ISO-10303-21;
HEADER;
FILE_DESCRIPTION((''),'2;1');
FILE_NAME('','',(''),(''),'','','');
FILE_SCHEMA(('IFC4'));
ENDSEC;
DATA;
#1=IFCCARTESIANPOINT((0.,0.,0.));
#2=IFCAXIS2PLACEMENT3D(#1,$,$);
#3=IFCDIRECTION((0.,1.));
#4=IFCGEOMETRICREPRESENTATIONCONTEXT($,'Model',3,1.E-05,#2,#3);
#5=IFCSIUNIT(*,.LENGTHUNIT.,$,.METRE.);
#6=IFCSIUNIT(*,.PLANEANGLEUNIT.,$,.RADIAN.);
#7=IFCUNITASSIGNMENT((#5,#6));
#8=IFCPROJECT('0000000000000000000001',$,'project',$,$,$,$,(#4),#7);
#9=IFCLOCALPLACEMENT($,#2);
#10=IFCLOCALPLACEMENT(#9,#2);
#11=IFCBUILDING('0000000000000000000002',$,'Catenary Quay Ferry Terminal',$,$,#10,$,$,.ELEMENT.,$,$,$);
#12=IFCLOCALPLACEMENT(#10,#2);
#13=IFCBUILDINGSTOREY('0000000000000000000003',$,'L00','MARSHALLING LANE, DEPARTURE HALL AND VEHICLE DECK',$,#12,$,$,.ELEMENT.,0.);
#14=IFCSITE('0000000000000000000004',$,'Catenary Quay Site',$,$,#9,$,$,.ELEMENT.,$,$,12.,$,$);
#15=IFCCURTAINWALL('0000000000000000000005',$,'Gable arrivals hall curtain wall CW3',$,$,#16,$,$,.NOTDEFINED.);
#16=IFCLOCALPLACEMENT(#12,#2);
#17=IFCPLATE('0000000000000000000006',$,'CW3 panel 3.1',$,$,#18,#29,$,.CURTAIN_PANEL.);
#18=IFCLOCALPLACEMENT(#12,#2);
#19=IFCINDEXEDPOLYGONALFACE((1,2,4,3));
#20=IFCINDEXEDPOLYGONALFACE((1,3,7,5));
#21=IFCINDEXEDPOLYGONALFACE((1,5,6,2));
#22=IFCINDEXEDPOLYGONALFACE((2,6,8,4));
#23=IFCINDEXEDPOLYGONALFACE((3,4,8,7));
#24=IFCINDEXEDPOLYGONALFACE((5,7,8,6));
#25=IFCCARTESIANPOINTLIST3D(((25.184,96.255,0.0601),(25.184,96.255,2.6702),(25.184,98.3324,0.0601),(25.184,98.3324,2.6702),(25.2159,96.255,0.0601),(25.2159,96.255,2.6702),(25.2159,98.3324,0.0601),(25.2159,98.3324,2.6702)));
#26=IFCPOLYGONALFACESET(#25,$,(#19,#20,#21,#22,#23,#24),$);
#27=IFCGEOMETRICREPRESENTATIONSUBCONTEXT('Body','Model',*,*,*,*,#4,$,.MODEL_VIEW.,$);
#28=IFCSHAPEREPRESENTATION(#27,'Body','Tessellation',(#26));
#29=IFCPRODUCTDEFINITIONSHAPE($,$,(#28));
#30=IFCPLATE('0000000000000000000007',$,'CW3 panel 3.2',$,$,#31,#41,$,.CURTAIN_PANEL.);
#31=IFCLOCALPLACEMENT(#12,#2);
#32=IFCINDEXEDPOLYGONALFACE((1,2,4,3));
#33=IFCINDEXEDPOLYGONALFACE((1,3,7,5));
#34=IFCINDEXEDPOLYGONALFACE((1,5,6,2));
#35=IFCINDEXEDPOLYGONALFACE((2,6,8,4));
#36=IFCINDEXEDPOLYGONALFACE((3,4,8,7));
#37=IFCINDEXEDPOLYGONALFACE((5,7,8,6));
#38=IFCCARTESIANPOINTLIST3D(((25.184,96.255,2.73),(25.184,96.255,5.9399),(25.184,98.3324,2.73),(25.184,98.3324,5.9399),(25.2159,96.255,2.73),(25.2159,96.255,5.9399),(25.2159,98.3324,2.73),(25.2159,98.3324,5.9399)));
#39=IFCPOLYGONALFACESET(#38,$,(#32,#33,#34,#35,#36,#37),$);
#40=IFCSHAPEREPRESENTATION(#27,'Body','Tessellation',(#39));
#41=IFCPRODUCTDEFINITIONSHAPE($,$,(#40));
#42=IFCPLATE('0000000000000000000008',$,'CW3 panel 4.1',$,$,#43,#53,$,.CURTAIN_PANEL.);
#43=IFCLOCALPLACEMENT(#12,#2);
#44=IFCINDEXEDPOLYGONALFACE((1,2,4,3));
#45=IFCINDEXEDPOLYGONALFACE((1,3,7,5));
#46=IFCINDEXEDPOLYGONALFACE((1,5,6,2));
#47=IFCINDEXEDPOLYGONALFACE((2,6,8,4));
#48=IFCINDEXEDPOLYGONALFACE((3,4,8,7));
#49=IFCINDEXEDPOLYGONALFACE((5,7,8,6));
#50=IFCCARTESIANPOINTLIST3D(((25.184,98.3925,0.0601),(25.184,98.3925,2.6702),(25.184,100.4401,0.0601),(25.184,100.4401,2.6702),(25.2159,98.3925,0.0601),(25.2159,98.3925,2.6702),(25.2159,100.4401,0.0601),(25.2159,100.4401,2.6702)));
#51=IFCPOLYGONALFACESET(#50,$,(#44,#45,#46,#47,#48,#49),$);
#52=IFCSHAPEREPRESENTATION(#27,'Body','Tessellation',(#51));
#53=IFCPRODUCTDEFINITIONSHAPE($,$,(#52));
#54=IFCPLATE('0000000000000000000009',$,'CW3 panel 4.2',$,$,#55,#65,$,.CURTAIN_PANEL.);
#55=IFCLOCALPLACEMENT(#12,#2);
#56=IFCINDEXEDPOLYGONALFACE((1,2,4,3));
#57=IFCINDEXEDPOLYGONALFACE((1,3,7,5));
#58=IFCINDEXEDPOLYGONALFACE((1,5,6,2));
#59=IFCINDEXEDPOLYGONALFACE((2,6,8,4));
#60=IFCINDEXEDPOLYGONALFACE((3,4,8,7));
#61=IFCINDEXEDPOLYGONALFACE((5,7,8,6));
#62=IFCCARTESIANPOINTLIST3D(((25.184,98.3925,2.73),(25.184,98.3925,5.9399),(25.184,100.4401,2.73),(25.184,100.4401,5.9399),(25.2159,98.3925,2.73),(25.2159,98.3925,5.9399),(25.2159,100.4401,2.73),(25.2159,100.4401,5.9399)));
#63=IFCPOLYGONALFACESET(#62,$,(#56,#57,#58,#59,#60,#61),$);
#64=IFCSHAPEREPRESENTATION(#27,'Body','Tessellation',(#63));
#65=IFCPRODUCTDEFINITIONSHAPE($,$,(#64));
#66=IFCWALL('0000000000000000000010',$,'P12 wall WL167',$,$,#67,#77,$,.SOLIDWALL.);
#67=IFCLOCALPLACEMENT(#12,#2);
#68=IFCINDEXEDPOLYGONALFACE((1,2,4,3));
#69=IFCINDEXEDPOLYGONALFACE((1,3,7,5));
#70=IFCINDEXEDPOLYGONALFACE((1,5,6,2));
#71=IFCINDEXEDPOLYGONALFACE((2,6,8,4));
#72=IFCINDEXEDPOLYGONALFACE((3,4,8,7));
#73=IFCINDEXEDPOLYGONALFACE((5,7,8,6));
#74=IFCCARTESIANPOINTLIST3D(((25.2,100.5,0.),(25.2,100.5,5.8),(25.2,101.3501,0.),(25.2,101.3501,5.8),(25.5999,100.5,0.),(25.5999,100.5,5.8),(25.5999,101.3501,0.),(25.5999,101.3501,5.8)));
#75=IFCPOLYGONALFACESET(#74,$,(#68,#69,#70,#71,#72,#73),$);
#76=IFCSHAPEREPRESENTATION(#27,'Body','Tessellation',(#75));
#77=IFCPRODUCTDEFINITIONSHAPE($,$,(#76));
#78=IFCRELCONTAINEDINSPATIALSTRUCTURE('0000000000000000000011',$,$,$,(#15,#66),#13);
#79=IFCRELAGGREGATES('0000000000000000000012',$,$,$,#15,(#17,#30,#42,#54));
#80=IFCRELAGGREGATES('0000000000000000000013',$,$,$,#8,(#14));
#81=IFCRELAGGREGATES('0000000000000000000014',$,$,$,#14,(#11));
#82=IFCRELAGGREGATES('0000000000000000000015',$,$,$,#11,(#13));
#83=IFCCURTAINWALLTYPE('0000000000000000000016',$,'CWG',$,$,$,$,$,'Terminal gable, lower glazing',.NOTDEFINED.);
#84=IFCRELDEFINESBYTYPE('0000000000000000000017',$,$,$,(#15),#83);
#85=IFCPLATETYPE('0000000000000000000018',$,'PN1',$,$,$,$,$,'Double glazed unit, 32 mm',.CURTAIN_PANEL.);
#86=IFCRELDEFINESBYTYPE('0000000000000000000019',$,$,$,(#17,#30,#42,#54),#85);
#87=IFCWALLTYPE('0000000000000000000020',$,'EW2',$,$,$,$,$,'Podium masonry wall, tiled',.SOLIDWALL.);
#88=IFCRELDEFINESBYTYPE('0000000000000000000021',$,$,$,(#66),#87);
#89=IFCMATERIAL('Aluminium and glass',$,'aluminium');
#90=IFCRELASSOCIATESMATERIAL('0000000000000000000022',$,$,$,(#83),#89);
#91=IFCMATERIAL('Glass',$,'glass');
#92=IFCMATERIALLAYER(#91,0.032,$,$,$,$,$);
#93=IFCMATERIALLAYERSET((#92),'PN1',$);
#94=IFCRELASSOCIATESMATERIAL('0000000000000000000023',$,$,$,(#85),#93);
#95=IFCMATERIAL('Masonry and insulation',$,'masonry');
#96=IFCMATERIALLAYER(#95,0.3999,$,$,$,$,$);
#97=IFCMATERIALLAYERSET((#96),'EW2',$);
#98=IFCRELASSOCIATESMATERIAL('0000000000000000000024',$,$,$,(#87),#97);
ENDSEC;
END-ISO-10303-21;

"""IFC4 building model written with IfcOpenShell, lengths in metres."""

from ifc_helpers import new_model, si_unit, direction, frame, frame_2d, origin, origin_2d, place, context, subcontext, project, spatial, rectangle, extrude, material, layer, layer_set, type_object, element, aggregate, save


model = new_model("IFC4")

# Units and contexts
model_context = context("Model", 3, precision=1e-05, world=origin(), true_north=direction((0.0, 1.0)))
body_context = subcontext(model_context, "Body", "Model", "MODEL_VIEW")
ifc_project = project(units=[si_unit("LENGTHUNIT", "METRE"), si_unit("PLANEANGLEUNIT", "RADIAN")], contexts=[model_context])

# Site, building, storey
site_placement = place(None, origin())
site = spatial("IfcSite", under=ifc_project, at=site_placement, Name="Catenary Quay Site", CompositionType="ELEMENT", RefElevation=12.0)
building_placement = place(site_placement, origin())
building = spatial("IfcBuilding", under=site, at=building_placement, Name="Catenary Quay Ferry Terminal", CompositionType="ELEMENT")
storey_placement = place(building_placement, origin())
storey = spatial("IfcBuildingStorey", under=building, at=storey_placement, Name="L00", Description="MARSHALLING LANE, DEPARTURE HALL AND VEHICLE DECK", CompositionType="ELEMENT", Elevation=0.0)

# Curtain wall, plates
ifc_material_1 = material(Name="Aluminium and glass", Category="aluminium")
curtain_wall_type = type_object("IfcCurtainWallType", Name="CWG", ElementType="Terminal gable, lower glazing", PredefinedType="NOTDEFINED", material=ifc_material_1)
curtain_wall_placement = place(storey_placement, origin())
curtain_wall = element("IfcCurtainWall", 1, at=curtain_wall_placement, inside=storey, type_object=curtain_wall_type, Name="Gable arrivals hall curtain wall CW3", PredefinedType="NOTDEFINED")
ifc_material_2 = material(Name="Glass", Category="glass")
ifc_layer_1 = layer(ifc_material_2, 0.032)
ifc_layer_set_1 = layer_set([ifc_layer_1], Name="PN1")
plate_type = type_object("IfcPlateType", Name="PN1", ElementType="Double glazed unit, 32 mm", PredefinedType="CURTAIN_PANEL", material=ifc_layer_set_1)
plate_1_placement = place(storey_placement, frame((25.2, 97.2937, 0.0601), z_axis=(0.0, 0.0, 1.0), x_axis=(0.0, 1.0, 0.0)))
plate_1 = element("IfcPlate", 2, at=plate_1_placement, type_object=plate_type, Name="CW3 panel 3.1", PredefinedType="CURTAIN_PANEL", context=body_context, shape_type="SweptSolid", body=[
    extrude(rectangle(XDim=2.0774, YDim=0.032, at=origin_2d()), origin(), (0.0, 0.0, 1.0), 2.6101),
])
plate_2_placement = place(storey_placement, frame((25.2, 97.2937, 2.73), z_axis=(0.0, 0.0, 1.0), x_axis=(0.0, 1.0, 0.0)))
plate_2 = element("IfcPlate", 3, at=plate_2_placement, type_object=plate_type, Name="CW3 panel 3.2", PredefinedType="CURTAIN_PANEL", context=body_context, shape_type="SweptSolid", body=[
    extrude(rectangle(XDim=2.0774, YDim=0.032, at=origin_2d()), origin(), (0.0, 0.0, 1.0), 3.21),
])
plate_3_placement = place(storey_placement, frame((25.2, 99.4163, 0.0601), z_axis=(0.0, 0.0, 1.0), x_axis=(0.0, 1.0, 0.0)))
plate_3 = element("IfcPlate", 4, at=plate_3_placement, type_object=plate_type, Name="CW3 panel 4.1", PredefinedType="CURTAIN_PANEL", context=body_context, shape_type="SweptSolid", body=[
    extrude(rectangle(XDim=2.0476, YDim=0.032, at=origin_2d()), origin(), (0.0, 0.0, 1.0), 2.6101),
])
plate_4_placement = place(storey_placement, frame((25.2, 99.4163, 2.73), z_axis=(0.0, 0.0, 1.0), x_axis=(0.0, 1.0, 0.0)))
plate_4 = element("IfcPlate", 5, at=plate_4_placement, type_object=plate_type, Name="CW3 panel 4.2", PredefinedType="CURTAIN_PANEL", context=body_context, shape_type="SweptSolid", body=[
    extrude(rectangle(XDim=2.0476, YDim=0.032, at=origin_2d()), origin(), (0.0, 0.0, 1.0), 3.21),
])
aggregate(curtain_wall, [plate_1, plate_2, plate_3, plate_4])

# Wall
ifc_material_3 = material(Name="Masonry and insulation", Category="masonry")
ifc_layer_2 = layer(ifc_material_3, 0.3999)
ifc_layer_set_2 = layer_set([ifc_layer_2], Name="EW2")
wall_type = type_object("IfcWallType", Name="EW2", ElementType="Podium masonry wall, tiled", PredefinedType="SOLIDWALL", material=ifc_layer_set_2)
wall_placement = place(storey_placement, frame((25.3999, 100.5, 0.0), z_axis=(0.0, 0.0, 1.0), x_axis=(0.0, 1.0, 0.0)))
element("IfcWall", 6, at=wall_placement, inside=storey, type_object=wall_type, Name="P12 wall WL167", PredefinedType="SOLIDWALL", context=body_context, shape_type="SweptSolid", body=[
    extrude(rectangle(XDim=0.8501, YDim=0.3999, at=frame_2d((0.425, 0.0))), origin(), (0.0, 0.0, 1.0), 5.8),
])

save(model, "model.ifc")
